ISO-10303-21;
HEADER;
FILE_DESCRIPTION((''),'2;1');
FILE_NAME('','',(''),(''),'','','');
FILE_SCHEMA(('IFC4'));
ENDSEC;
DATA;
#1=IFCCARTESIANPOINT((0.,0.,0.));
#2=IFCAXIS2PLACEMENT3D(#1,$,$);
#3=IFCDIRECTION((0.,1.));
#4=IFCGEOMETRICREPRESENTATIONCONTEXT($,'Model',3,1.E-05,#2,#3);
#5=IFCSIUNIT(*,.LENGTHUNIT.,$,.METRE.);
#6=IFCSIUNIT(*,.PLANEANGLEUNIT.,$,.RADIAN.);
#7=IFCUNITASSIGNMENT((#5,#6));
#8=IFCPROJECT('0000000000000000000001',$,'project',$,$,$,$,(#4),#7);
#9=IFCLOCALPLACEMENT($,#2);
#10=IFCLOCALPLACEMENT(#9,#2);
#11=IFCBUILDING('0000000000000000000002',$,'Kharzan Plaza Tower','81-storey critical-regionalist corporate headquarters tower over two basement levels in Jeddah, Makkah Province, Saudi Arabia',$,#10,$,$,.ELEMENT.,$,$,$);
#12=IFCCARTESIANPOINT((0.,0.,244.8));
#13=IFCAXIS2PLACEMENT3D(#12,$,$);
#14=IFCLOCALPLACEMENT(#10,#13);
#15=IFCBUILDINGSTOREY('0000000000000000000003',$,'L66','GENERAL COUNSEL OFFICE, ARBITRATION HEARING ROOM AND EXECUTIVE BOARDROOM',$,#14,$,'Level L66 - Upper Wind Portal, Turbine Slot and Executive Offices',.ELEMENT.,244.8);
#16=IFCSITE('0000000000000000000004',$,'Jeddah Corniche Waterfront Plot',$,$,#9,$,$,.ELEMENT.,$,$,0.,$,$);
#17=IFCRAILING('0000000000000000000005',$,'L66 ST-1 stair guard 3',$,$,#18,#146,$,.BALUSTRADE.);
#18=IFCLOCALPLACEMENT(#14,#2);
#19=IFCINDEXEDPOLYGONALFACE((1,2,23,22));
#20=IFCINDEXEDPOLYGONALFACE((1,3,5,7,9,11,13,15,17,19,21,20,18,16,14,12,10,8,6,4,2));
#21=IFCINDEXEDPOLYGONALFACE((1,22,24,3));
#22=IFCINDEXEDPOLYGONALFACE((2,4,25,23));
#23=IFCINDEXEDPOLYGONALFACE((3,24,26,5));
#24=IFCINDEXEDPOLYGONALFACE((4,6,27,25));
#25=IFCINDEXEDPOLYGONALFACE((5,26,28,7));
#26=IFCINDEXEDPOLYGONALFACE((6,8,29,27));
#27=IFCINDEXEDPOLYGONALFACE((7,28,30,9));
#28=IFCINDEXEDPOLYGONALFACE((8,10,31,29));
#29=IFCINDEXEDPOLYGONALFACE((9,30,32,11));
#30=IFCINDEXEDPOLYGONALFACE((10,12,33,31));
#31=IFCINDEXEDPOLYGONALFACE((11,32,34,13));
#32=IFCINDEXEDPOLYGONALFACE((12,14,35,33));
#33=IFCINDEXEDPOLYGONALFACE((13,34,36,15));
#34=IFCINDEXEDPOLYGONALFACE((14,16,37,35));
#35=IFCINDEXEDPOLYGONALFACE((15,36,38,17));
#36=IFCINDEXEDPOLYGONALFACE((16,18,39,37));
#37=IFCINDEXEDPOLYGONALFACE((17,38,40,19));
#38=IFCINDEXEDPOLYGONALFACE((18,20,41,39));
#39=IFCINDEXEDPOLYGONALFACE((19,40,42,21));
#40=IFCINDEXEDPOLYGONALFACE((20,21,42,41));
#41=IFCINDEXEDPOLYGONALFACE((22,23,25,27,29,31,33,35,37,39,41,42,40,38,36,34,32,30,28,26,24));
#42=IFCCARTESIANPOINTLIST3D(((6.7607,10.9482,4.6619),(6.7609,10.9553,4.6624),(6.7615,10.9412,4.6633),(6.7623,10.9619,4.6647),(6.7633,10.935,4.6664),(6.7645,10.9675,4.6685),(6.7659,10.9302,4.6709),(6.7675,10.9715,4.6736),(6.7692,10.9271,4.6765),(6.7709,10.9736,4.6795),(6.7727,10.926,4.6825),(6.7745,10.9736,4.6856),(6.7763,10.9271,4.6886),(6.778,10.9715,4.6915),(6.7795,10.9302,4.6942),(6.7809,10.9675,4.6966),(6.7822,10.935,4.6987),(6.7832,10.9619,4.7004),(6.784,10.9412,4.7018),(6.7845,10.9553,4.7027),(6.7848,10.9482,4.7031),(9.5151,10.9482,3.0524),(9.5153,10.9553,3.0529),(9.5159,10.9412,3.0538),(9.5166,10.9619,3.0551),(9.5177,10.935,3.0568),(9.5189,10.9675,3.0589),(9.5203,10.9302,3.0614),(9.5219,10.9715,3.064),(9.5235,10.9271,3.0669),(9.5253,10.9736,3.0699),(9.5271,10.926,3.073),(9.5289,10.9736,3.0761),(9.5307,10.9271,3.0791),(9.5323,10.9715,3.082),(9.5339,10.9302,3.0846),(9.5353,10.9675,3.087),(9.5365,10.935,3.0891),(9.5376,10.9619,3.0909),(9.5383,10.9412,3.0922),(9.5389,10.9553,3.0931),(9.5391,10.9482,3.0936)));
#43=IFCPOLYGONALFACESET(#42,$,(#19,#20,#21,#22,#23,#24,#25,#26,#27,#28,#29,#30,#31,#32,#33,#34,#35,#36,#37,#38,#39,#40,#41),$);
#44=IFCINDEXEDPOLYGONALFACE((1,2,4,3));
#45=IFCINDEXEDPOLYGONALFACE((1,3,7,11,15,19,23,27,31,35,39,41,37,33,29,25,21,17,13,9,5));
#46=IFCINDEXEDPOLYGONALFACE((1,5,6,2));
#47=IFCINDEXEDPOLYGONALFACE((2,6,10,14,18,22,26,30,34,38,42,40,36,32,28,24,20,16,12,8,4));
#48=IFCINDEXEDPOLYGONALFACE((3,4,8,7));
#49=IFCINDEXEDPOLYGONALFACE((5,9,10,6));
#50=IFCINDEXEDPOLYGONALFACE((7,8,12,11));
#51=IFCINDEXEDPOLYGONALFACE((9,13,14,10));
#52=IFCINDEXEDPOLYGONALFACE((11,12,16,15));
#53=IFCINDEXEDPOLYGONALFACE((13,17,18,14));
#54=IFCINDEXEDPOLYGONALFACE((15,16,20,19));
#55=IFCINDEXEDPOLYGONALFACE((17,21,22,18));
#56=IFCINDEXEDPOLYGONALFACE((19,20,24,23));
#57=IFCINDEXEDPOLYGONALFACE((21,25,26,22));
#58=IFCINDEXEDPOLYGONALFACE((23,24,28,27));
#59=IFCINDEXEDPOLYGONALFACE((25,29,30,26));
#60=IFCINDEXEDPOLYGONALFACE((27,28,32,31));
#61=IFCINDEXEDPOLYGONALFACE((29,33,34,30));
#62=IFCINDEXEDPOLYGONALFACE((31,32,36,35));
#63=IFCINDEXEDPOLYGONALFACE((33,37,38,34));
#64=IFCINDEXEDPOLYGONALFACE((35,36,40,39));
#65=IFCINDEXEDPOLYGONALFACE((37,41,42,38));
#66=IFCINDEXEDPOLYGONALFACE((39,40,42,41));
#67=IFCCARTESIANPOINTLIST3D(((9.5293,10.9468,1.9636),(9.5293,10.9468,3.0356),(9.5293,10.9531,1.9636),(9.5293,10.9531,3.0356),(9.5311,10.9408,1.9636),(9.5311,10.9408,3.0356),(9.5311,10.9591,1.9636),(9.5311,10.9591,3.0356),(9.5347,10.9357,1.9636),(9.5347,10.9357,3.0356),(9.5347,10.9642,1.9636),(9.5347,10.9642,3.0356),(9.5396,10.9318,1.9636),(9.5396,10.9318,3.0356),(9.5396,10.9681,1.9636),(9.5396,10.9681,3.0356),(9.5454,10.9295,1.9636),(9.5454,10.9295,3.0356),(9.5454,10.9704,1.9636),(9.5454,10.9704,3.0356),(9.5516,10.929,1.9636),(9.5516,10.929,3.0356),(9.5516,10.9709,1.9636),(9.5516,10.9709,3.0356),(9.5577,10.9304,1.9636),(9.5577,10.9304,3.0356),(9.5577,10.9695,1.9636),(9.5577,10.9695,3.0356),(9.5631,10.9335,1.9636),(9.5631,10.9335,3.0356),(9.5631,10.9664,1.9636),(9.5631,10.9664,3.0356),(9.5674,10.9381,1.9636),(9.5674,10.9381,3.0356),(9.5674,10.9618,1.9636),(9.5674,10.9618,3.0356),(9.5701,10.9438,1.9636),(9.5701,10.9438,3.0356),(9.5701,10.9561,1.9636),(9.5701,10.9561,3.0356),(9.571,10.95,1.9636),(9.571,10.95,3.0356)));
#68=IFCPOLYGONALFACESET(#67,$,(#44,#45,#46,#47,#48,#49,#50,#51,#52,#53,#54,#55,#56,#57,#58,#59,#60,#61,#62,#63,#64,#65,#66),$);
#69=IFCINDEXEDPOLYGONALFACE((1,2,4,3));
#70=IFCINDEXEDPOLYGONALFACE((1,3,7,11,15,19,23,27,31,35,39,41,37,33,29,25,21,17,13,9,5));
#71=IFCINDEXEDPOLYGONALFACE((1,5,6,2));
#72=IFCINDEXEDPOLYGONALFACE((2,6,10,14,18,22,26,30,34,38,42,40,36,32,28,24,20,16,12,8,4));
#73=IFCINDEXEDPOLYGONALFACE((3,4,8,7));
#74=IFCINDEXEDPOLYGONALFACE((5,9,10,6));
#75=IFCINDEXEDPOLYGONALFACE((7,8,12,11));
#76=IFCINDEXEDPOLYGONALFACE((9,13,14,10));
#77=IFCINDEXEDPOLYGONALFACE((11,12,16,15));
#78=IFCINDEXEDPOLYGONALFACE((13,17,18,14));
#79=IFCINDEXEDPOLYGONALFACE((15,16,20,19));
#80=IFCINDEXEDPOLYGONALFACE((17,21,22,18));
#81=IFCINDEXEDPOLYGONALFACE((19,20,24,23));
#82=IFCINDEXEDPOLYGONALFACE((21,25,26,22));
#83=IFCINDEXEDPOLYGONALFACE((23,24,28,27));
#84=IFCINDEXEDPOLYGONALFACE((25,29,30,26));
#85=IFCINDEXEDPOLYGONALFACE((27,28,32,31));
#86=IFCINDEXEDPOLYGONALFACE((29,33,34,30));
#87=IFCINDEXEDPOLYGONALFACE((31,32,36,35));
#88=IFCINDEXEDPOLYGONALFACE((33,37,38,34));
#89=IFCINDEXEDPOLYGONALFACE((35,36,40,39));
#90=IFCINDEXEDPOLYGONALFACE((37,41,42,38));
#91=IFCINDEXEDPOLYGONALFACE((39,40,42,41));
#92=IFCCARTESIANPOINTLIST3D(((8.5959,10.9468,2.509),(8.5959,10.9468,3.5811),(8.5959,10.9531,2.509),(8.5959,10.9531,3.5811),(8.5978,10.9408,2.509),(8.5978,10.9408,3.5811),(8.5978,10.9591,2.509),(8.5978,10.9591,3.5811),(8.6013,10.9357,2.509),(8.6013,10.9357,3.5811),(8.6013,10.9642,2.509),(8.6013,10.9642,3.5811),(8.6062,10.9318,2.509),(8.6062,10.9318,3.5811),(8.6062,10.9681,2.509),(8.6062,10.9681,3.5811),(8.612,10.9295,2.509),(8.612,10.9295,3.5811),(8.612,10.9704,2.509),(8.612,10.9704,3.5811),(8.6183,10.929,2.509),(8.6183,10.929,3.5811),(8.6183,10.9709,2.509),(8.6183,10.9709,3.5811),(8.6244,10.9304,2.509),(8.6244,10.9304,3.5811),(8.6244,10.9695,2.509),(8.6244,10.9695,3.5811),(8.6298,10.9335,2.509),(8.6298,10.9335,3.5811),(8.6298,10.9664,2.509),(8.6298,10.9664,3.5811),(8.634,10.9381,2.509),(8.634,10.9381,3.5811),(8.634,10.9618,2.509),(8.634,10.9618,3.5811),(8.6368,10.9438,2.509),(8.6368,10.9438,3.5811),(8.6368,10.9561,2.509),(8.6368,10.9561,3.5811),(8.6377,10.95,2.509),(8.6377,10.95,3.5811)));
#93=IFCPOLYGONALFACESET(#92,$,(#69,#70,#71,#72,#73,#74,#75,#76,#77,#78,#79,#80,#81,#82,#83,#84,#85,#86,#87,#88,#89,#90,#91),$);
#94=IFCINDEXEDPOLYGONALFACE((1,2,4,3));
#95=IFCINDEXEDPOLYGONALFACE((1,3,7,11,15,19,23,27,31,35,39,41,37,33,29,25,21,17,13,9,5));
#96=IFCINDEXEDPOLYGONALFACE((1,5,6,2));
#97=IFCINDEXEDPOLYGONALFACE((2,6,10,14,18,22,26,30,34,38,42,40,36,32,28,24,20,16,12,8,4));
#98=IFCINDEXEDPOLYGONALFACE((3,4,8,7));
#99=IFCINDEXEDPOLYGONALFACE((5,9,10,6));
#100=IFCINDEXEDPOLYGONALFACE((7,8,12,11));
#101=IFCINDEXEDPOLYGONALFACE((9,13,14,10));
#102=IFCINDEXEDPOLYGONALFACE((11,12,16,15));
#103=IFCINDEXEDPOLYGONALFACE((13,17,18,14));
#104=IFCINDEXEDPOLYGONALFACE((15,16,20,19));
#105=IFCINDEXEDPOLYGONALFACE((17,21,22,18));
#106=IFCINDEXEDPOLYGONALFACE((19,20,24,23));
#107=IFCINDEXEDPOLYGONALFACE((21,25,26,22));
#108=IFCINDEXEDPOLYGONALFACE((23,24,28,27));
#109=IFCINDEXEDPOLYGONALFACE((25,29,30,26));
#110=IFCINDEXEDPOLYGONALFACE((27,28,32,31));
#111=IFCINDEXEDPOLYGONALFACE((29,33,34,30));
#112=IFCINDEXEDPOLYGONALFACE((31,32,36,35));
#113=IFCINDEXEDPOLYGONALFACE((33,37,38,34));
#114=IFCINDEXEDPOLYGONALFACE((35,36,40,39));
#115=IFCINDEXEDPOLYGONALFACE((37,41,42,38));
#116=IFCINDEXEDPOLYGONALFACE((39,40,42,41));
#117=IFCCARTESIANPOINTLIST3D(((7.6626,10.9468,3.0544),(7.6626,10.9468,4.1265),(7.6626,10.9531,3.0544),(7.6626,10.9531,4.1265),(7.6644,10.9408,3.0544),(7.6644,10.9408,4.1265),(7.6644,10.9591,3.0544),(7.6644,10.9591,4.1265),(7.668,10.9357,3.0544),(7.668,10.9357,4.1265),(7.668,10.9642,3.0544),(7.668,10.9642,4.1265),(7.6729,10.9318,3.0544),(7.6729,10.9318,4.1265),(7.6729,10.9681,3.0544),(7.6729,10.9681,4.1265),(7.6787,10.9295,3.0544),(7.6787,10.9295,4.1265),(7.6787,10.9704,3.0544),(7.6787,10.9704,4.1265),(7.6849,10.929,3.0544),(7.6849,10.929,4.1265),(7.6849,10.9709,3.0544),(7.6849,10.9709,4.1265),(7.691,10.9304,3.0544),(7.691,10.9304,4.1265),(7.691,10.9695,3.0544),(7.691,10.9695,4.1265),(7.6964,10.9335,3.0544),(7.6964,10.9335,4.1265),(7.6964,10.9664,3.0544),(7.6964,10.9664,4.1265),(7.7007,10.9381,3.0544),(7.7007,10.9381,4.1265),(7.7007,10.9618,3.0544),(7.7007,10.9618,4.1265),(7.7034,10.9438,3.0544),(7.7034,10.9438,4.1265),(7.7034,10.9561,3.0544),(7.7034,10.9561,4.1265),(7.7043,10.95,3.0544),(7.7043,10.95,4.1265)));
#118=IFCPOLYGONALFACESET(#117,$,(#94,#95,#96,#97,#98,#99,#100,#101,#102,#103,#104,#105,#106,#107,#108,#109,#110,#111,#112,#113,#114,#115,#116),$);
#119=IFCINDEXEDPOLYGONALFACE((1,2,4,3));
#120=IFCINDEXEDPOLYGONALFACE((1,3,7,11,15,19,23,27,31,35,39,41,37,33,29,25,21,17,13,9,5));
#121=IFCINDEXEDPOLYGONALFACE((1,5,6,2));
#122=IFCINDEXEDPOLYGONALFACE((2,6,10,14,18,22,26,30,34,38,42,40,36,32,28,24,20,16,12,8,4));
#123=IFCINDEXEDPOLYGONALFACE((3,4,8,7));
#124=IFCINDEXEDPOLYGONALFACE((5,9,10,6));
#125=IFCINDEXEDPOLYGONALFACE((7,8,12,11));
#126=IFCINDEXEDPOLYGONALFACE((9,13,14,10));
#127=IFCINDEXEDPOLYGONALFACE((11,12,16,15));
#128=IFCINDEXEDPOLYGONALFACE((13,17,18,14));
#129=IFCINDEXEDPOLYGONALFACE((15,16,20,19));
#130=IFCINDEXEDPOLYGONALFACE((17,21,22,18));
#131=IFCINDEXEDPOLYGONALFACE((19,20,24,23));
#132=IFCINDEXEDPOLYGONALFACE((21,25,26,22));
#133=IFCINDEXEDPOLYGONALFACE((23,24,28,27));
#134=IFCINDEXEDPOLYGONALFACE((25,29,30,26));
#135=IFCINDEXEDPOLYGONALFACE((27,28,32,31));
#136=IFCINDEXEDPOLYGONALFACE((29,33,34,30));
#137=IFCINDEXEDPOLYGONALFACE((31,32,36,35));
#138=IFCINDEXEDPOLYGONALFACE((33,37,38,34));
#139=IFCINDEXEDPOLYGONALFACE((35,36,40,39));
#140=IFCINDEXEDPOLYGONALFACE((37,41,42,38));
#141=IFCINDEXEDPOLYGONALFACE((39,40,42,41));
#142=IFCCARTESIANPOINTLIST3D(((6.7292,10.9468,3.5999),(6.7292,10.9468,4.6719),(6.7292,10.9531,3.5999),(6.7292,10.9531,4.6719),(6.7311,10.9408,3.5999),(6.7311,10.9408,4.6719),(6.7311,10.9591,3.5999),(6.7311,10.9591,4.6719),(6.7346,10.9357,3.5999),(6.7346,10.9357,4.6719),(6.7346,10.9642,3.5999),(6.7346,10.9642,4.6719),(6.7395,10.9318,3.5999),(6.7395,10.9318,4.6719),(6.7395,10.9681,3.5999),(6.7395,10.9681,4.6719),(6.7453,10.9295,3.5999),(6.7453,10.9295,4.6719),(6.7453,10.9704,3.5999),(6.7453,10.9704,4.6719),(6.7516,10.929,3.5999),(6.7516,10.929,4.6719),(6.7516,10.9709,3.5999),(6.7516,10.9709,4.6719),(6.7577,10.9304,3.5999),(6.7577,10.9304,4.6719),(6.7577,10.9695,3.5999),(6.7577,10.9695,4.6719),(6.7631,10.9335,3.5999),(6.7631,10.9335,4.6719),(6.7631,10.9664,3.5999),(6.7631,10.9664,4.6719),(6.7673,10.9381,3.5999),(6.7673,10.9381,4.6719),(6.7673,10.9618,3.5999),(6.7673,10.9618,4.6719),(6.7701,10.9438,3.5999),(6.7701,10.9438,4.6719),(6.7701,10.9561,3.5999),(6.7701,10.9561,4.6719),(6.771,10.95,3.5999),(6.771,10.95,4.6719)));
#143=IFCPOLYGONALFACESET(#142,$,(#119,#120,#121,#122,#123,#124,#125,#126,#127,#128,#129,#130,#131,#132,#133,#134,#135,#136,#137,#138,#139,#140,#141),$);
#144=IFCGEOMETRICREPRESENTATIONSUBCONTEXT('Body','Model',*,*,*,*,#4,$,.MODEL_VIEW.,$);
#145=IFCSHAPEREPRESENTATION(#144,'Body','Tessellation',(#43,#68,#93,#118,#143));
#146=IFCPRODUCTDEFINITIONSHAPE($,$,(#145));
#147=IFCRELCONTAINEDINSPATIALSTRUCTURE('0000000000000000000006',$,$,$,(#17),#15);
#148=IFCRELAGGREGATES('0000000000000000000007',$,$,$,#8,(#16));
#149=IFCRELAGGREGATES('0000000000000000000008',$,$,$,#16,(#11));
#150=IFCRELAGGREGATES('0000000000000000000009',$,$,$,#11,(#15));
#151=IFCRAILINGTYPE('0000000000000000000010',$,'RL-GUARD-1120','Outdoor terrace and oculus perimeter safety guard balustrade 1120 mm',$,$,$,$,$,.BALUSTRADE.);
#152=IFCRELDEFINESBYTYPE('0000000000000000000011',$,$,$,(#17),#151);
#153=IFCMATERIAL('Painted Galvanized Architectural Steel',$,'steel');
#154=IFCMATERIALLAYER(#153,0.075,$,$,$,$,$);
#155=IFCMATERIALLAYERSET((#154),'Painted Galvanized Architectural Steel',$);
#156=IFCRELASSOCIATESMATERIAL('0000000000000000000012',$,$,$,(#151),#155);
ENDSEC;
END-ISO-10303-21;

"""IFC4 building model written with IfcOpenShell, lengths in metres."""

from ifc_helpers import new_model, si_unit, direction, frame, origin, origin_2d, place, context, subcontext, project, spatial, circle, extrude, source, transform, mapped, material, layer, layer_set, type_object, element, save


model = new_model("IFC4")

# Units and contexts
model_context = context("Model", 3, precision=1e-05, world=origin(), true_north=direction((0.0, 1.0)))
body_context = subcontext(model_context, "Body", "Model", "MODEL_VIEW")
ifc_project = project(units=[si_unit("LENGTHUNIT", "METRE"), si_unit("PLANEANGLEUNIT", "RADIAN")], contexts=[model_context])

# Site, building, storey
site_placement = place(None, origin())
site = spatial("IfcSite", under=ifc_project, at=site_placement, Name="Jeddah Corniche Waterfront Plot", CompositionType="ELEMENT", RefElevation=0.0)
building_placement = place(site_placement, origin())
building = spatial("IfcBuilding", under=site, at=building_placement, Name="Kharzan Plaza Tower", Description="81-storey critical-regionalist corporate headquarters tower over two basement levels in Jeddah, Makkah Province, Saudi Arabia", CompositionType="ELEMENT")
storey_placement = place(building_placement, frame((0.0, 0.0, 244.8)))
storey = spatial("IfcBuildingStorey", under=building, at=storey_placement, Name="L66", Description="GENERAL COUNSEL OFFICE, ARBITRATION HEARING ROOM AND EXECUTIVE BOARDROOM", LongName="Level L66 - Upper Wind Portal, Turbine Slot and Executive Offices", CompositionType="ELEMENT", Elevation=244.8)

# Railing
ifc_material_1 = material(Name="Painted Galvanized Architectural Steel", Category="steel")
ifc_layer_1 = layer(ifc_material_1, 0.075)
ifc_layer_set_1 = layer_set([ifc_layer_1], Name="Painted Galvanized Architectural Steel")
railing_type_1 = type_object("IfcRailingType", Name="RL-GUARD-1120", Description="Outdoor terrace and oculus perimeter safety guard balustrade 1120 mm", PredefinedType="BALUSTRADE", material=ifc_layer_set_1)
shared_shape_1 = source(origin(), body_context, "Body", "SweptSolid", [
    extrude(circle(Radius=0.0239, at=origin_2d()), frame((-0.0229, 0.0, 1.1094), z_axis=(-0.863394, 0.0, 0.504531), x_axis=(0.0, -1.0, 0.0)), (0.0, 0.0, 1.0), 3.1902),
    extrude(circle(Radius=0.021, at=origin_2d()), origin(), (0.0, 0.0, 1.0), 1.072),
    extrude(circle(Radius=0.021, at=origin_2d()), frame((-0.9333, 0.0, 0.5454)), (0.0, 0.0, 1.0), 1.072),
    extrude(circle(Radius=0.021, at=origin_2d()), frame((-1.8667, 0.0, 1.0908)), (0.0, 0.0, 1.0), 1.072),
    extrude(circle(Radius=0.021, at=origin_2d()), frame((-2.8, 0.0, 1.6362)), (0.0, 0.0, 1.0), 1.072),
])
railing_1_placement = place(storey_placement, frame((9.55, 10.95, 1.9636)))
element("IfcRailing", 1, at=railing_1_placement, inside=storey, type_object=railing_type_1, Name="L66 ST-1 stair guard 3", PredefinedType="BALUSTRADE", context=body_context, shape_type="MappedRepresentation", body=[
    mapped(shared_shape_1, transform((0.0, 0.0, 0.0), x_axis=(1.0, 0.0, 0.0), y_axis=(0.0, 1.0, 0.0), z_axis=(0.0, 0.0, 1.0))),
])

save(model, "model.ifc")
